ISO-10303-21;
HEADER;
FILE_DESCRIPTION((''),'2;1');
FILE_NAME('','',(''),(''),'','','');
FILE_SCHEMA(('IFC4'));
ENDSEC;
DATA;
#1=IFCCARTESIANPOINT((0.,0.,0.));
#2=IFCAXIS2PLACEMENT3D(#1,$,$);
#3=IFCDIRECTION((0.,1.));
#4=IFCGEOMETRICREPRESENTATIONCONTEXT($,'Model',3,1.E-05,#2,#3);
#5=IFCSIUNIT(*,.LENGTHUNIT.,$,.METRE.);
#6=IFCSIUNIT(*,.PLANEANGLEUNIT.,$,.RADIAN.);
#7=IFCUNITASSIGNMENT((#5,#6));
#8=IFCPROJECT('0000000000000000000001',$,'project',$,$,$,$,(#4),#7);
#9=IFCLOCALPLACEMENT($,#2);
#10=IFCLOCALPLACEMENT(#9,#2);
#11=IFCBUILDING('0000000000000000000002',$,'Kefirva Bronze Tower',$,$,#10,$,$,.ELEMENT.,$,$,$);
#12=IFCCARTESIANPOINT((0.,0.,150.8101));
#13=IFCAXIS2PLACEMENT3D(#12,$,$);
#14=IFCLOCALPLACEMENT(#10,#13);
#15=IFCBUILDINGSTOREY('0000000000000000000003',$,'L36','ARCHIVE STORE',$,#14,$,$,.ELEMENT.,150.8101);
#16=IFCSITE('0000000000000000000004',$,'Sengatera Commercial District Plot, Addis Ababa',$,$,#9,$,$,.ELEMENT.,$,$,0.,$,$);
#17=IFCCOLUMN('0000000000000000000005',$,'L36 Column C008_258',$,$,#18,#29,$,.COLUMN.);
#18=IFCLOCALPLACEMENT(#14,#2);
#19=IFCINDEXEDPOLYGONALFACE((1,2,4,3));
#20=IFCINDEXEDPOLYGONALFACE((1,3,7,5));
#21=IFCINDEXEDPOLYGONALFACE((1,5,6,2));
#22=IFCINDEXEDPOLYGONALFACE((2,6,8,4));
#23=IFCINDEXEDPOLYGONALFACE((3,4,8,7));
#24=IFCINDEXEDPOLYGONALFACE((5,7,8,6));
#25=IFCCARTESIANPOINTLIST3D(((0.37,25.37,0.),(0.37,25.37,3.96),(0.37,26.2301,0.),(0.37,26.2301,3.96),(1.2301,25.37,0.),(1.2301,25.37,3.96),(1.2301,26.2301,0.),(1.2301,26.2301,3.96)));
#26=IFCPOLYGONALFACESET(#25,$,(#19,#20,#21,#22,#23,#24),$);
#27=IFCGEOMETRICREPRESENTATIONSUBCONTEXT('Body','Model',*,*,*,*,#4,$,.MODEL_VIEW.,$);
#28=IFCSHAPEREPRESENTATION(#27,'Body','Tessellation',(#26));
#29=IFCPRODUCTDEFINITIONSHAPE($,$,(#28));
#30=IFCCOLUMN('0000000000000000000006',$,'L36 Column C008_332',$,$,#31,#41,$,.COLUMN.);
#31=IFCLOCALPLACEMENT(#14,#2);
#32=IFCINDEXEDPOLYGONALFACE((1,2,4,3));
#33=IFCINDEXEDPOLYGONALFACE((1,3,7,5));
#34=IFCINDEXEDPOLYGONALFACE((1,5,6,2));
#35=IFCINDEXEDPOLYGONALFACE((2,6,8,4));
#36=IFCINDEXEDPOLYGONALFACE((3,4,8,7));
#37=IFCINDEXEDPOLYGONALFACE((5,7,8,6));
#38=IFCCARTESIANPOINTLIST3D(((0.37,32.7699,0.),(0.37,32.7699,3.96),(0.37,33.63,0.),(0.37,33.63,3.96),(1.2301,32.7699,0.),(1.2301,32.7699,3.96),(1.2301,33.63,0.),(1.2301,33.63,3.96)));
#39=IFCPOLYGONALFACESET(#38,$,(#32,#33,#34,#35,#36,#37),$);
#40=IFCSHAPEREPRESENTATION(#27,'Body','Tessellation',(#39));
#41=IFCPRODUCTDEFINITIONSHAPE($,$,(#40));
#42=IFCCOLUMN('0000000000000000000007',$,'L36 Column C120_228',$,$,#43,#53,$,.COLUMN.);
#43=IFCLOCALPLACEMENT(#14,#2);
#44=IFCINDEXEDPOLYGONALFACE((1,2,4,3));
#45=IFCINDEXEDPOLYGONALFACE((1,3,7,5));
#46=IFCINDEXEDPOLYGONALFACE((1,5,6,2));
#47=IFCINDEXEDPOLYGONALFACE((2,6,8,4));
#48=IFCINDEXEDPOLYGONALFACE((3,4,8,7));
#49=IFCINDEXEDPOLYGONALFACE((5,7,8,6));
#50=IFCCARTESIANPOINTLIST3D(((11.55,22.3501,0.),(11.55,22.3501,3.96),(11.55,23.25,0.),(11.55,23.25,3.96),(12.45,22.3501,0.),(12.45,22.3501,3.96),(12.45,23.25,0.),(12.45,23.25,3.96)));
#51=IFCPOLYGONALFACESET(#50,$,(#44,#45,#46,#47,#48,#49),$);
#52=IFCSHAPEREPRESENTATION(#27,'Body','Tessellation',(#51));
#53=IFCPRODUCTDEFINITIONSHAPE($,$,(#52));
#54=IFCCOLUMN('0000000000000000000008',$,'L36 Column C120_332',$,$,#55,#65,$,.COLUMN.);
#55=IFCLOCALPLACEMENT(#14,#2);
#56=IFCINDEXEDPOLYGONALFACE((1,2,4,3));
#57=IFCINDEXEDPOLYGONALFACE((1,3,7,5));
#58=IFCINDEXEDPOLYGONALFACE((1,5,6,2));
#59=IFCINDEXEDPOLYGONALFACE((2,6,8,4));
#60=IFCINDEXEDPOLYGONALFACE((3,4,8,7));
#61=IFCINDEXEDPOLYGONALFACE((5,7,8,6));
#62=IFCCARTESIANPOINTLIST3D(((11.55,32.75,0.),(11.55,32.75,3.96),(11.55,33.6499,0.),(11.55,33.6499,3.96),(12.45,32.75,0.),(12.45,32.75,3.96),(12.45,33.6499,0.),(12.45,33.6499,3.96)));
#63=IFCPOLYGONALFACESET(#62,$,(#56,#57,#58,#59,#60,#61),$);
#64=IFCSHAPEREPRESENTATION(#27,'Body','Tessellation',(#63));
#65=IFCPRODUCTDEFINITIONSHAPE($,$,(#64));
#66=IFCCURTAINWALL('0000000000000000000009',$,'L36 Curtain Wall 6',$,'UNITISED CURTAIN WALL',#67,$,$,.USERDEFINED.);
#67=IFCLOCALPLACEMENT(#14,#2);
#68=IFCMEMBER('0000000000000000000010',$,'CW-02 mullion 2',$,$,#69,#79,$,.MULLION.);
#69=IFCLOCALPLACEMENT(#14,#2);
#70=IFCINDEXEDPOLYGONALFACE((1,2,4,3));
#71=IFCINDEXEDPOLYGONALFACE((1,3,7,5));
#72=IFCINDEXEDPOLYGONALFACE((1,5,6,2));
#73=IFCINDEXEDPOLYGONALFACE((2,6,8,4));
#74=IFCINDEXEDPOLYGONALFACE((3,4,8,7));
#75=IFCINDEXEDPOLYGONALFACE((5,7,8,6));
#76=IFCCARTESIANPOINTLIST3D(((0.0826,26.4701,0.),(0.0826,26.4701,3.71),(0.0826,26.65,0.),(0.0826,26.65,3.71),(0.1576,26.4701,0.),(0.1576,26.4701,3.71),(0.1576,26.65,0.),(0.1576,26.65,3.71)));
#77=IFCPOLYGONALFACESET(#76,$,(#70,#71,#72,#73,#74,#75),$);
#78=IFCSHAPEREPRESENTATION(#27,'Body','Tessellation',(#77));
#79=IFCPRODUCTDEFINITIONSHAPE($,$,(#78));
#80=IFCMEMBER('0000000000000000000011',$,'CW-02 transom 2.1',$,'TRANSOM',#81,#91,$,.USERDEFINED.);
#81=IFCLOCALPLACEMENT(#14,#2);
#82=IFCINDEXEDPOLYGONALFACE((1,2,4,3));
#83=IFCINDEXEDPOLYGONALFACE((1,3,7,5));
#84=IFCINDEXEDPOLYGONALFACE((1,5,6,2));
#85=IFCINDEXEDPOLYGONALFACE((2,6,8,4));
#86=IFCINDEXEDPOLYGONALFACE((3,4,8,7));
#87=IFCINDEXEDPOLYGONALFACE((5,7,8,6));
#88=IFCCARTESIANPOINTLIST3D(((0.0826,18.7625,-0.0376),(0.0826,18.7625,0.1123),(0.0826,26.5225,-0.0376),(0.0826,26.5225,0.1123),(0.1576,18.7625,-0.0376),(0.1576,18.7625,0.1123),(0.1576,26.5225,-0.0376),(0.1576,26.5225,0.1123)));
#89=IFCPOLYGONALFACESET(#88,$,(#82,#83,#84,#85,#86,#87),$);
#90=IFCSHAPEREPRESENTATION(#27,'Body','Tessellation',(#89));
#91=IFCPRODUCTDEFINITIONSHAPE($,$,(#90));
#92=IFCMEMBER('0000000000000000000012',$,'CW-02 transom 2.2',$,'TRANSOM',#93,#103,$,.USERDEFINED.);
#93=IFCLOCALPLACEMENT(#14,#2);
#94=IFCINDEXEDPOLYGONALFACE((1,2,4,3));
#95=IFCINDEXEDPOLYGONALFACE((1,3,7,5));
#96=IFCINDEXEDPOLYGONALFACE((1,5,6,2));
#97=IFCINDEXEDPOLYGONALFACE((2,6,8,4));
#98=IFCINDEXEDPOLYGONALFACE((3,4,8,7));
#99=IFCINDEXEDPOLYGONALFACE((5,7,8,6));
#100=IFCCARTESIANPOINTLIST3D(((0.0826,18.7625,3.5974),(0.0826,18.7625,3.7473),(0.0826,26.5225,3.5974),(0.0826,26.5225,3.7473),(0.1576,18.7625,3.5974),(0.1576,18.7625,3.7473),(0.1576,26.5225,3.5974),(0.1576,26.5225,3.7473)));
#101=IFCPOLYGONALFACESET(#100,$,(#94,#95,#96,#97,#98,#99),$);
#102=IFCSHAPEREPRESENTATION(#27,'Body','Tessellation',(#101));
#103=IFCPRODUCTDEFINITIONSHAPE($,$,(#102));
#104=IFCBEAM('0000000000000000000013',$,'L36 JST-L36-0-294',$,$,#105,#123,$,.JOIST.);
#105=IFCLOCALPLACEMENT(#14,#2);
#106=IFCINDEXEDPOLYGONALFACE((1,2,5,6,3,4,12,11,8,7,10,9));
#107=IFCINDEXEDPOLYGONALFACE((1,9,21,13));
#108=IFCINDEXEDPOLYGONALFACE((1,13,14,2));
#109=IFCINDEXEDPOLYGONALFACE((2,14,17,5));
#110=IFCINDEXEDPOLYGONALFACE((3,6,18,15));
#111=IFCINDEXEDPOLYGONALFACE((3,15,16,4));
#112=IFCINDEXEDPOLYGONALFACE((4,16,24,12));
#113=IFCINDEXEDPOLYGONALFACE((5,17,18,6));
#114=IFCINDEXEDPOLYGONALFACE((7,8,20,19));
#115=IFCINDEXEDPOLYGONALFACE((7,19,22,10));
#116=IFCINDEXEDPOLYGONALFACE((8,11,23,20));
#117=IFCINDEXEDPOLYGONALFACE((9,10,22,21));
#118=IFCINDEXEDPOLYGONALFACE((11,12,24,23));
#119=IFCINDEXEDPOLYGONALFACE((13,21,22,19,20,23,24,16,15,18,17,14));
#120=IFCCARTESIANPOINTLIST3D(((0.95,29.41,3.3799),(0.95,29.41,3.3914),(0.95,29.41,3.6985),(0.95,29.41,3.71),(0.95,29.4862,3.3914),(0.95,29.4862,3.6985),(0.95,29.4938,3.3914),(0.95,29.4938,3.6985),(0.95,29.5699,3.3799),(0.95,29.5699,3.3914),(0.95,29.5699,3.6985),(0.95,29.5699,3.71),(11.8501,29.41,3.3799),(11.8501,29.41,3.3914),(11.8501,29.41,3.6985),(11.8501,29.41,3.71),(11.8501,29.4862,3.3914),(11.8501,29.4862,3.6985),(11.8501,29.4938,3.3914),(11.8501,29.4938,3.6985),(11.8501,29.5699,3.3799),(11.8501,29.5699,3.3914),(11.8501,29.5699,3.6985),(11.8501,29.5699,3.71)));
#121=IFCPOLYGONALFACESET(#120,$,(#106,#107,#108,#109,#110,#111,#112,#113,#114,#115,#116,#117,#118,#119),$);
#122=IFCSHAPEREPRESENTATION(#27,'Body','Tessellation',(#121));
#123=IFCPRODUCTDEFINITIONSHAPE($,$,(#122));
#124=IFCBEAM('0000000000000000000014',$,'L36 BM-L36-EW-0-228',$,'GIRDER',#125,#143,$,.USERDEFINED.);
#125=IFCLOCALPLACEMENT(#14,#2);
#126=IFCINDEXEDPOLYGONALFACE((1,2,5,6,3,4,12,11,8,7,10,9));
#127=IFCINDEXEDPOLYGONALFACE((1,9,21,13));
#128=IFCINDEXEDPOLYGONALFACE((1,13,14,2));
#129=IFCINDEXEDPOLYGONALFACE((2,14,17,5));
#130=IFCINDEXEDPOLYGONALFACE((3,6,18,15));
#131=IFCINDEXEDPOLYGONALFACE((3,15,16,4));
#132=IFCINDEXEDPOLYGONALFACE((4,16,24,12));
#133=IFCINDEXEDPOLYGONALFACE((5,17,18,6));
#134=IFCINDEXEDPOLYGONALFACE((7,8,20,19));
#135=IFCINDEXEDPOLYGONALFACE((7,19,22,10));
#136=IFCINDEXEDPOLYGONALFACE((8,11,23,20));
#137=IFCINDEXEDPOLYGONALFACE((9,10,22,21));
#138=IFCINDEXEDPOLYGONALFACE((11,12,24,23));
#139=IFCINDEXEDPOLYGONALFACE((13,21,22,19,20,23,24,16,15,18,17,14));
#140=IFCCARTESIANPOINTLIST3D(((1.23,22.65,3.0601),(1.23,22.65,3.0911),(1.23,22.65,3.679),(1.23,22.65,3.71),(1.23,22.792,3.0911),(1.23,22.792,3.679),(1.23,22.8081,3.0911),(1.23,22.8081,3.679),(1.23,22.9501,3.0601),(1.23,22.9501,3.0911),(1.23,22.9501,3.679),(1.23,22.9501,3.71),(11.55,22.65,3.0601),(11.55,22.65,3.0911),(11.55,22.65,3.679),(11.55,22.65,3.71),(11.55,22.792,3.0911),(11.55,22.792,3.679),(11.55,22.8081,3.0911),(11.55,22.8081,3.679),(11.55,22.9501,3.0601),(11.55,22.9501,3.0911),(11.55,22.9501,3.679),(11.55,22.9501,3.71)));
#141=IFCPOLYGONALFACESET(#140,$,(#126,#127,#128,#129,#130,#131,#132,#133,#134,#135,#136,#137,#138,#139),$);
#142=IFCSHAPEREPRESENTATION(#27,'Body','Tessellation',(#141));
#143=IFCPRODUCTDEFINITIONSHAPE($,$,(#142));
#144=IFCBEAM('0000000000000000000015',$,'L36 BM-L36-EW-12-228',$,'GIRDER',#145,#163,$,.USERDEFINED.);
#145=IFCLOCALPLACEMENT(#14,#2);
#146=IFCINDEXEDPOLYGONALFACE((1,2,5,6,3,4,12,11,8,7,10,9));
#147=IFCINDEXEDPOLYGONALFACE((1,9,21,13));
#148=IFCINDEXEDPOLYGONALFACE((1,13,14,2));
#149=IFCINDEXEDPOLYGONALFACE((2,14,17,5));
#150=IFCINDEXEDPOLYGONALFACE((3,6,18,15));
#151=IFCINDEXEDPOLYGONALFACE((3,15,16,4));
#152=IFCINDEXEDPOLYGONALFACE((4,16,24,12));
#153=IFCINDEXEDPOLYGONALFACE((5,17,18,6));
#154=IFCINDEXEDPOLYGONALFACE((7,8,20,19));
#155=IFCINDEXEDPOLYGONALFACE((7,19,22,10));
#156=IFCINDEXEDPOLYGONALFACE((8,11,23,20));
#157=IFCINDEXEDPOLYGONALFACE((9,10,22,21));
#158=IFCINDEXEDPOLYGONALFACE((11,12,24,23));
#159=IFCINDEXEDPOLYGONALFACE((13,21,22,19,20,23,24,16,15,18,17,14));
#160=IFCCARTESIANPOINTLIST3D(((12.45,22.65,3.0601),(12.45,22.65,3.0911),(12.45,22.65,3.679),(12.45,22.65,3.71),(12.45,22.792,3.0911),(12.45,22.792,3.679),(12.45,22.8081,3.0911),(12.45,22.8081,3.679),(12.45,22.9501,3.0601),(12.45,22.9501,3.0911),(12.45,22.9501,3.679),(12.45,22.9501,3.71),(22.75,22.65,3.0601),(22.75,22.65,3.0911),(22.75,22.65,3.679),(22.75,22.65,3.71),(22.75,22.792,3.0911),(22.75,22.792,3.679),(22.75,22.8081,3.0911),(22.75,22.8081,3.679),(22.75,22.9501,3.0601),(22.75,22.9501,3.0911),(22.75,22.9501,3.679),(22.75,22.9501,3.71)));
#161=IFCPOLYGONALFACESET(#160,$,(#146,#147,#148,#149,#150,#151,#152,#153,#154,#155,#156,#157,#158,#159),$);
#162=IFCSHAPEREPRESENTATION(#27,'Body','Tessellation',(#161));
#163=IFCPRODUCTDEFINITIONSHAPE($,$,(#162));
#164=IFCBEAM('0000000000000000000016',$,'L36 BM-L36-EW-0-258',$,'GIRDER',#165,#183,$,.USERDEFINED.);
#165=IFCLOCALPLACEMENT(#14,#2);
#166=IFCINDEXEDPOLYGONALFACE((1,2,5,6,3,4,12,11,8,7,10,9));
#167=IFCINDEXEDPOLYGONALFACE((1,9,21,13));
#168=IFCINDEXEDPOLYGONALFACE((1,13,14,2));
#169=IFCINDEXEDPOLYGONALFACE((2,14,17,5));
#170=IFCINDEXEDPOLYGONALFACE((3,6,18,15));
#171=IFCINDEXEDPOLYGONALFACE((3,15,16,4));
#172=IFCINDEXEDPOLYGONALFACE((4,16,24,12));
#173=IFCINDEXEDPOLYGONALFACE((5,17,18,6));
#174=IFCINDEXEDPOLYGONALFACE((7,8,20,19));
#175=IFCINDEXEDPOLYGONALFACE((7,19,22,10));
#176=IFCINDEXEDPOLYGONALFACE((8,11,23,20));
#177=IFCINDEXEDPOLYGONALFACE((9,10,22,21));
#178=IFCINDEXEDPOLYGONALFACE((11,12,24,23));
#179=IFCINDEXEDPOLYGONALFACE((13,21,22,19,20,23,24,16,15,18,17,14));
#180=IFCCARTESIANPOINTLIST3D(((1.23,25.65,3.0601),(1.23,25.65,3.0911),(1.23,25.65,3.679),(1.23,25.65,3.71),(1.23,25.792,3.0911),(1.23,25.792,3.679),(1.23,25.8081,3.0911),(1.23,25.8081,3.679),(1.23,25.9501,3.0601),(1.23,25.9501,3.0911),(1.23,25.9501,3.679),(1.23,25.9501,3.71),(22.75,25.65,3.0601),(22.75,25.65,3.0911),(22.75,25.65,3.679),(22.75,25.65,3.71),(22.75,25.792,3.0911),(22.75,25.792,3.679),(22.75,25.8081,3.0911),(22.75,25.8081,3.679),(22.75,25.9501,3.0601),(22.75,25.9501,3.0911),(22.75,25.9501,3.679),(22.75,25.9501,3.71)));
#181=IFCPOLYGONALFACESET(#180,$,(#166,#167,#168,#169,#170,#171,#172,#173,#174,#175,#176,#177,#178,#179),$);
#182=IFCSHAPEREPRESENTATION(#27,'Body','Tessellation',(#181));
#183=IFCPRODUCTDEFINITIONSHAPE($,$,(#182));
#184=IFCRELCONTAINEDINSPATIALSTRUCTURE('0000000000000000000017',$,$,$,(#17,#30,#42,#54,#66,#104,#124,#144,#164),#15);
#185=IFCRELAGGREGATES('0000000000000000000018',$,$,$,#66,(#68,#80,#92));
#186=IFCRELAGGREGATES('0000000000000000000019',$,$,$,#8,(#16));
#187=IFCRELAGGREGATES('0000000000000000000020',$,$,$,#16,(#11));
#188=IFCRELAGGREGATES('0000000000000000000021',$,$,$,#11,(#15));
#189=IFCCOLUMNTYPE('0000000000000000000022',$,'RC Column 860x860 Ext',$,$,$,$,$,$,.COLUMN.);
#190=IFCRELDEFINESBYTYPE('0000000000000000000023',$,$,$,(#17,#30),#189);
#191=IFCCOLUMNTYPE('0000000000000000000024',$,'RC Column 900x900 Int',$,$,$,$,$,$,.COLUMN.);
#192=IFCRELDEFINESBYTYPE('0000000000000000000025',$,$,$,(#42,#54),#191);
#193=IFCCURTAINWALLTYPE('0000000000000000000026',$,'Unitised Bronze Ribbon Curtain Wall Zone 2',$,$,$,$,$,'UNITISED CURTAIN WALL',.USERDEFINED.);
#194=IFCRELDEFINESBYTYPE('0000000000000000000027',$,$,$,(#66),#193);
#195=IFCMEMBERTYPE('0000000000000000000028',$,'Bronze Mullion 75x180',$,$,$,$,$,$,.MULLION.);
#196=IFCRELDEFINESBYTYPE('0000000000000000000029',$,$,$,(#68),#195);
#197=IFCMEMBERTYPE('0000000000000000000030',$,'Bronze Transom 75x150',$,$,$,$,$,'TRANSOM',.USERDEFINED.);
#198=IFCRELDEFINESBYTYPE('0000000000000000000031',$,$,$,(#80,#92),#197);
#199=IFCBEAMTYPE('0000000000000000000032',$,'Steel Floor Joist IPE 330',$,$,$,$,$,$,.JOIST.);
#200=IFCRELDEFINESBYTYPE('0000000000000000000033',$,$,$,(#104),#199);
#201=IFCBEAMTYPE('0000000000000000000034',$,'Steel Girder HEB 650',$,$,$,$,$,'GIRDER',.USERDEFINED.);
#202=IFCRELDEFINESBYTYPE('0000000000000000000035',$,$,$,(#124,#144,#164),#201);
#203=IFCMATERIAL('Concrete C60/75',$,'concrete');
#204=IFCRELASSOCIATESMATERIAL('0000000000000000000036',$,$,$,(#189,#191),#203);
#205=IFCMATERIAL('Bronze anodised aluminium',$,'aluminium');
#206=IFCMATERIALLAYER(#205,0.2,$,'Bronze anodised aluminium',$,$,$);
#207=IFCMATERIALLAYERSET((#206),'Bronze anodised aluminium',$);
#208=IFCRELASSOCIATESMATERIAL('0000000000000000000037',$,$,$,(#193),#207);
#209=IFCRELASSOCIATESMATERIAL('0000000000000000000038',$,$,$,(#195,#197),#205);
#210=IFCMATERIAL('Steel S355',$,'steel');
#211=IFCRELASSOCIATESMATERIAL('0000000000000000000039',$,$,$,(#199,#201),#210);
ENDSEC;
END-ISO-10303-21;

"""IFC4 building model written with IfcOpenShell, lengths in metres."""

from ifc_helpers import new_model, si_unit, direction, frame, origin, origin_2d, place, context, subcontext, project, spatial, rectangle, i_section, extrude, material, layer, layer_set, material_profile, profile_set, type_object, element, aggregate, save


model = new_model("IFC4")

# Units and contexts
model_context = context("Model", 3, precision=1e-05, world=origin(), true_north=direction((0.0, 1.0)))
body_context = subcontext(model_context, "Body", "Model", "MODEL_VIEW")
ifc_project = project(units=[si_unit("LENGTHUNIT", "METRE"), si_unit("PLANEANGLEUNIT", "RADIAN")], contexts=[model_context])

# Site, building, storey
site_placement = place(None, origin())
site = spatial("IfcSite", under=ifc_project, at=site_placement, Name="Sengatera Commercial District Plot, Addis Ababa", CompositionType="ELEMENT", RefElevation=0.0)
building_placement = place(site_placement, origin())
building = spatial("IfcBuilding", under=site, at=building_placement, Name="Kefirva Bronze Tower", CompositionType="ELEMENT")
storey_placement = place(building_placement, frame((0.0, 0.0, 150.8101)))
storey = spatial("IfcBuildingStorey", under=building, at=storey_placement, Name="L36", Description="ARCHIVE STORE", CompositionType="ELEMENT", Elevation=150.8101)

# Columns
ifc_material_1 = material(Name="Concrete C60/75", Category="concrete")
ifc_material_profile_1 = material_profile(ifc_material_1, rectangle(XDim=0.8601, YDim=0.8601, at=origin_2d()), Name="RC 860x860")
ifc_profile_set_1 = profile_set([ifc_material_profile_1], Name="Concrete C60/75")
column_type_1 = type_object("IfcColumnType", Name="RC Column 860x860 Ext", PredefinedType="COLUMN", material=ifc_profile_set_1)
for number, where, z_axis, x_axis, name in (
    (1, (0.8, 25.8, 0.0), (0.0, 0.0, 1.0), (1.0, 0.0, 0.0), "L36 Column C008_258"),
    (2, (0.8, 33.2, 0.0), (0.0, 0.0, 1.0), (1.0, 0.0, 0.0), "L36 Column C008_332"),
):
    element("IfcColumn", number, at=place(storey_placement, frame(where, z_axis=z_axis, x_axis=x_axis)), inside=storey, type_object=column_type_1, Name=name, PredefinedType="COLUMN", context=body_context, shape_type="SweptSolid", body=[
        extrude(rectangle(XDim=0.8601, YDim=0.8601, at=origin_2d()), origin(), (0.0, 0.0, 1.0), 3.96),
    ])
ifc_material_profile_2 = material_profile(ifc_material_1, rectangle(XDim=0.8999, YDim=0.8999, at=origin_2d()), Name="RC 900x900")
ifc_profile_set_2 = profile_set([ifc_material_profile_2], Name="Concrete C60/75")
column_type_2 = type_object("IfcColumnType", Name="RC Column 900x900 Int", PredefinedType="COLUMN", material=ifc_profile_set_2)
for number, where, z_axis, x_axis, name in (
    (3, (12.0, 22.8, 0.0), (0.0, 0.0, 1.0), (1.0, 0.0, 0.0), "L36 Column C120_228"),
    (4, (12.0, 33.2, 0.0), (0.0, 0.0, 1.0), (1.0, 0.0, 0.0), "L36 Column C120_332"),
):
    element("IfcColumn", number, at=place(storey_placement, frame(where, z_axis=z_axis, x_axis=x_axis)), inside=storey, type_object=column_type_2, Name=name, PredefinedType="COLUMN", context=body_context, shape_type="SweptSolid", body=[
        extrude(rectangle(XDim=0.8999, YDim=0.8999, at=origin_2d()), origin(), (0.0, 0.0, 1.0), 3.96),
    ])

# Curtain wall, members
ifc_material_2 = material(Name="Bronze anodised aluminium", Category="aluminium")
ifc_layer_1 = layer(ifc_material_2, 0.2, Name="Bronze anodised aluminium")
ifc_layer_set_1 = layer_set([ifc_layer_1], Name="Bronze anodised aluminium")
curtain_wall_type = type_object("IfcCurtainWallType", Name="Unitised Bronze Ribbon Curtain Wall Zone 2", ElementType="UNITISED CURTAIN WALL", PredefinedType="USERDEFINED", material=ifc_layer_set_1)
curtain_wall_placement = place(storey_placement, origin())
curtain_wall = element("IfcCurtainWall", 5, at=curtain_wall_placement, inside=storey, type_object=curtain_wall_type, Name="L36 Curtain Wall 6", ObjectType="UNITISED CURTAIN WALL", PredefinedType="USERDEFINED")
ifc_material_profile_3 = material_profile(ifc_material_2, rectangle(XDim=0.075, YDim=0.1799, at=origin_2d()), Name="ALU 75x180")
ifc_profile_set_3 = profile_set([ifc_material_profile_3], Name="Bronze anodised aluminium")
member_type_1 = type_object("IfcMemberType", Name="Bronze Mullion 75x180", PredefinedType="MULLION", material=ifc_profile_set_3)
member_1_placement = place(storey_placement, frame((0.1201, 26.5601, 0.0), z_axis=(0.0, 0.0, 1.0), x_axis=(1.0, 0.0, 0.0)))
member_1 = element("IfcMember", 6, at=member_1_placement, type_object=member_type_1, Name="CW-02 mullion 2", PredefinedType="MULLION", context=body_context, shape_type="SweptSolid", body=[
    extrude(rectangle(XDim=0.075, YDim=0.1799, at=origin_2d()), origin(), (0.0, 0.0, 1.0), 3.71),
])
ifc_material_profile_4 = material_profile(ifc_material_2, rectangle(XDim=0.075, YDim=0.1499, at=origin_2d()), Name="ALU 75x150")
ifc_profile_set_4 = profile_set([ifc_material_profile_4], Name="Bronze anodised aluminium")
member_type_2 = type_object("IfcMemberType", Name="Bronze Transom 75x150", ElementType="TRANSOM", PredefinedType="USERDEFINED", material=ifc_profile_set_4)
member_2_placement = place(storey_placement, frame((0.1201, 26.5225, 0.0374), z_axis=(0.0, -1.0, 0.0), x_axis=(1.0, 0.0, 0.0)))
member_2 = element("IfcMember", 7, at=member_2_placement, type_object=member_type_2, Name="CW-02 transom 2.1", ObjectType="TRANSOM", PredefinedType="USERDEFINED", context=body_context, shape_type="SweptSolid", body=[
    extrude(rectangle(XDim=0.075, YDim=0.1499, at=origin_2d()), origin(), (0.0, 0.0, 1.0), 7.76),
])
member_3_placement = place(storey_placement, frame((0.1201, 26.5225, 3.6724), z_axis=(0.0, -1.0, 0.0), x_axis=(1.0, 0.0, 0.0)))
member_3 = element("IfcMember", 8, at=member_3_placement, type_object=member_type_2, Name="CW-02 transom 2.2", ObjectType="TRANSOM", PredefinedType="USERDEFINED", context=body_context, shape_type="SweptSolid", body=[
    extrude(rectangle(XDim=0.075, YDim=0.1499, at=origin_2d()), origin(), (0.0, 0.0, 1.0), 7.76),
])

# Beams
ifc_material_3 = material(Name="Steel S355", Category="steel")
ifc_material_profile_5 = material_profile(ifc_material_3, i_section(OverallWidth=0.1599, OverallDepth=0.3301, WebThickness=0.0076, FlangeThickness=0.0115, at=origin_2d()), Name="IPE 330")
ifc_profile_set_5 = profile_set([ifc_material_profile_5], Name="Steel S355")
beam_type_1 = type_object("IfcBeamType", Name="Steel Floor Joist IPE 330", PredefinedType="JOIST", material=ifc_profile_set_5)
beam_1_placement = place(storey_placement, frame((0.95, 29.49, 3.5449), z_axis=(1.0, 0.0, 0.0), x_axis=(0.0, 1.0, 0.0)))
element("IfcBeam", 9, at=beam_1_placement, inside=storey, type_object=beam_type_1, Name="L36 JST-L36-0-294", PredefinedType="JOIST", context=body_context, shape_type="SweptSolid", body=[
    extrude(i_section(OverallWidth=0.1599, OverallDepth=0.3301, WebThickness=0.0076, FlangeThickness=0.0115, at=origin_2d()), origin(), (0.0, 0.0, 1.0), 10.9001),
])
ifc_material_profile_6 = material_profile(ifc_material_3, i_section(OverallWidth=0.3, OverallDepth=0.6499, WebThickness=0.0161, FlangeThickness=0.031, at=origin_2d()), Name="HEB 650")
ifc_profile_set_6 = profile_set([ifc_material_profile_6], Name="Steel S355")
beam_type_2 = type_object("IfcBeamType", Name="Steel Girder HEB 650", ElementType="GIRDER", PredefinedType="USERDEFINED", material=ifc_profile_set_6)
beam_2_placement = place(storey_placement, frame((1.23, 22.8, 3.385), z_axis=(1.0, 0.0, 0.0), x_axis=(0.0, 1.0, 0.0)))
element("IfcBeam", 10, at=beam_2_placement, inside=storey, type_object=beam_type_2, Name="L36 BM-L36-EW-0-228", ObjectType="GIRDER", PredefinedType="USERDEFINED", context=body_context, shape_type="SweptSolid", body=[
    extrude(i_section(OverallWidth=0.3, OverallDepth=0.6499, WebThickness=0.0161, FlangeThickness=0.031, at=origin_2d()), origin(), (0.0, 0.0, 1.0), 10.3201),
])
beam_3_placement = place(storey_placement, frame((12.45, 22.8, 3.385), z_axis=(1.0, 0.0, 0.0), x_axis=(0.0, 1.0, 0.0)))
element("IfcBeam", 11, at=beam_3_placement, inside=storey, type_object=beam_type_2, Name="L36 BM-L36-EW-12-228", ObjectType="GIRDER", PredefinedType="USERDEFINED", context=body_context, shape_type="SweptSolid", body=[
    extrude(i_section(OverallWidth=0.3, OverallDepth=0.6499, WebThickness=0.0161, FlangeThickness=0.031, at=origin_2d()), origin(), (0.0, 0.0, 1.0), 10.3),
])
beam_4_placement = place(storey_placement, frame((1.23, 25.8, 3.385), z_axis=(1.0, 0.0, 0.0), x_axis=(0.0, 1.0, 0.0)))
element("IfcBeam", 12, at=beam_4_placement, inside=storey, type_object=beam_type_2, Name="L36 BM-L36-EW-0-258", ObjectType="GIRDER", PredefinedType="USERDEFINED", context=body_context, shape_type="SweptSolid", body=[
    extrude(i_section(OverallWidth=0.3, OverallDepth=0.6499, WebThickness=0.0161, FlangeThickness=0.031, at=origin_2d()), origin(), (0.0, 0.0, 1.0), 21.52),
])

aggregate(curtain_wall, [member_1, member_2, member_3])

save(model, "model.ifc")
